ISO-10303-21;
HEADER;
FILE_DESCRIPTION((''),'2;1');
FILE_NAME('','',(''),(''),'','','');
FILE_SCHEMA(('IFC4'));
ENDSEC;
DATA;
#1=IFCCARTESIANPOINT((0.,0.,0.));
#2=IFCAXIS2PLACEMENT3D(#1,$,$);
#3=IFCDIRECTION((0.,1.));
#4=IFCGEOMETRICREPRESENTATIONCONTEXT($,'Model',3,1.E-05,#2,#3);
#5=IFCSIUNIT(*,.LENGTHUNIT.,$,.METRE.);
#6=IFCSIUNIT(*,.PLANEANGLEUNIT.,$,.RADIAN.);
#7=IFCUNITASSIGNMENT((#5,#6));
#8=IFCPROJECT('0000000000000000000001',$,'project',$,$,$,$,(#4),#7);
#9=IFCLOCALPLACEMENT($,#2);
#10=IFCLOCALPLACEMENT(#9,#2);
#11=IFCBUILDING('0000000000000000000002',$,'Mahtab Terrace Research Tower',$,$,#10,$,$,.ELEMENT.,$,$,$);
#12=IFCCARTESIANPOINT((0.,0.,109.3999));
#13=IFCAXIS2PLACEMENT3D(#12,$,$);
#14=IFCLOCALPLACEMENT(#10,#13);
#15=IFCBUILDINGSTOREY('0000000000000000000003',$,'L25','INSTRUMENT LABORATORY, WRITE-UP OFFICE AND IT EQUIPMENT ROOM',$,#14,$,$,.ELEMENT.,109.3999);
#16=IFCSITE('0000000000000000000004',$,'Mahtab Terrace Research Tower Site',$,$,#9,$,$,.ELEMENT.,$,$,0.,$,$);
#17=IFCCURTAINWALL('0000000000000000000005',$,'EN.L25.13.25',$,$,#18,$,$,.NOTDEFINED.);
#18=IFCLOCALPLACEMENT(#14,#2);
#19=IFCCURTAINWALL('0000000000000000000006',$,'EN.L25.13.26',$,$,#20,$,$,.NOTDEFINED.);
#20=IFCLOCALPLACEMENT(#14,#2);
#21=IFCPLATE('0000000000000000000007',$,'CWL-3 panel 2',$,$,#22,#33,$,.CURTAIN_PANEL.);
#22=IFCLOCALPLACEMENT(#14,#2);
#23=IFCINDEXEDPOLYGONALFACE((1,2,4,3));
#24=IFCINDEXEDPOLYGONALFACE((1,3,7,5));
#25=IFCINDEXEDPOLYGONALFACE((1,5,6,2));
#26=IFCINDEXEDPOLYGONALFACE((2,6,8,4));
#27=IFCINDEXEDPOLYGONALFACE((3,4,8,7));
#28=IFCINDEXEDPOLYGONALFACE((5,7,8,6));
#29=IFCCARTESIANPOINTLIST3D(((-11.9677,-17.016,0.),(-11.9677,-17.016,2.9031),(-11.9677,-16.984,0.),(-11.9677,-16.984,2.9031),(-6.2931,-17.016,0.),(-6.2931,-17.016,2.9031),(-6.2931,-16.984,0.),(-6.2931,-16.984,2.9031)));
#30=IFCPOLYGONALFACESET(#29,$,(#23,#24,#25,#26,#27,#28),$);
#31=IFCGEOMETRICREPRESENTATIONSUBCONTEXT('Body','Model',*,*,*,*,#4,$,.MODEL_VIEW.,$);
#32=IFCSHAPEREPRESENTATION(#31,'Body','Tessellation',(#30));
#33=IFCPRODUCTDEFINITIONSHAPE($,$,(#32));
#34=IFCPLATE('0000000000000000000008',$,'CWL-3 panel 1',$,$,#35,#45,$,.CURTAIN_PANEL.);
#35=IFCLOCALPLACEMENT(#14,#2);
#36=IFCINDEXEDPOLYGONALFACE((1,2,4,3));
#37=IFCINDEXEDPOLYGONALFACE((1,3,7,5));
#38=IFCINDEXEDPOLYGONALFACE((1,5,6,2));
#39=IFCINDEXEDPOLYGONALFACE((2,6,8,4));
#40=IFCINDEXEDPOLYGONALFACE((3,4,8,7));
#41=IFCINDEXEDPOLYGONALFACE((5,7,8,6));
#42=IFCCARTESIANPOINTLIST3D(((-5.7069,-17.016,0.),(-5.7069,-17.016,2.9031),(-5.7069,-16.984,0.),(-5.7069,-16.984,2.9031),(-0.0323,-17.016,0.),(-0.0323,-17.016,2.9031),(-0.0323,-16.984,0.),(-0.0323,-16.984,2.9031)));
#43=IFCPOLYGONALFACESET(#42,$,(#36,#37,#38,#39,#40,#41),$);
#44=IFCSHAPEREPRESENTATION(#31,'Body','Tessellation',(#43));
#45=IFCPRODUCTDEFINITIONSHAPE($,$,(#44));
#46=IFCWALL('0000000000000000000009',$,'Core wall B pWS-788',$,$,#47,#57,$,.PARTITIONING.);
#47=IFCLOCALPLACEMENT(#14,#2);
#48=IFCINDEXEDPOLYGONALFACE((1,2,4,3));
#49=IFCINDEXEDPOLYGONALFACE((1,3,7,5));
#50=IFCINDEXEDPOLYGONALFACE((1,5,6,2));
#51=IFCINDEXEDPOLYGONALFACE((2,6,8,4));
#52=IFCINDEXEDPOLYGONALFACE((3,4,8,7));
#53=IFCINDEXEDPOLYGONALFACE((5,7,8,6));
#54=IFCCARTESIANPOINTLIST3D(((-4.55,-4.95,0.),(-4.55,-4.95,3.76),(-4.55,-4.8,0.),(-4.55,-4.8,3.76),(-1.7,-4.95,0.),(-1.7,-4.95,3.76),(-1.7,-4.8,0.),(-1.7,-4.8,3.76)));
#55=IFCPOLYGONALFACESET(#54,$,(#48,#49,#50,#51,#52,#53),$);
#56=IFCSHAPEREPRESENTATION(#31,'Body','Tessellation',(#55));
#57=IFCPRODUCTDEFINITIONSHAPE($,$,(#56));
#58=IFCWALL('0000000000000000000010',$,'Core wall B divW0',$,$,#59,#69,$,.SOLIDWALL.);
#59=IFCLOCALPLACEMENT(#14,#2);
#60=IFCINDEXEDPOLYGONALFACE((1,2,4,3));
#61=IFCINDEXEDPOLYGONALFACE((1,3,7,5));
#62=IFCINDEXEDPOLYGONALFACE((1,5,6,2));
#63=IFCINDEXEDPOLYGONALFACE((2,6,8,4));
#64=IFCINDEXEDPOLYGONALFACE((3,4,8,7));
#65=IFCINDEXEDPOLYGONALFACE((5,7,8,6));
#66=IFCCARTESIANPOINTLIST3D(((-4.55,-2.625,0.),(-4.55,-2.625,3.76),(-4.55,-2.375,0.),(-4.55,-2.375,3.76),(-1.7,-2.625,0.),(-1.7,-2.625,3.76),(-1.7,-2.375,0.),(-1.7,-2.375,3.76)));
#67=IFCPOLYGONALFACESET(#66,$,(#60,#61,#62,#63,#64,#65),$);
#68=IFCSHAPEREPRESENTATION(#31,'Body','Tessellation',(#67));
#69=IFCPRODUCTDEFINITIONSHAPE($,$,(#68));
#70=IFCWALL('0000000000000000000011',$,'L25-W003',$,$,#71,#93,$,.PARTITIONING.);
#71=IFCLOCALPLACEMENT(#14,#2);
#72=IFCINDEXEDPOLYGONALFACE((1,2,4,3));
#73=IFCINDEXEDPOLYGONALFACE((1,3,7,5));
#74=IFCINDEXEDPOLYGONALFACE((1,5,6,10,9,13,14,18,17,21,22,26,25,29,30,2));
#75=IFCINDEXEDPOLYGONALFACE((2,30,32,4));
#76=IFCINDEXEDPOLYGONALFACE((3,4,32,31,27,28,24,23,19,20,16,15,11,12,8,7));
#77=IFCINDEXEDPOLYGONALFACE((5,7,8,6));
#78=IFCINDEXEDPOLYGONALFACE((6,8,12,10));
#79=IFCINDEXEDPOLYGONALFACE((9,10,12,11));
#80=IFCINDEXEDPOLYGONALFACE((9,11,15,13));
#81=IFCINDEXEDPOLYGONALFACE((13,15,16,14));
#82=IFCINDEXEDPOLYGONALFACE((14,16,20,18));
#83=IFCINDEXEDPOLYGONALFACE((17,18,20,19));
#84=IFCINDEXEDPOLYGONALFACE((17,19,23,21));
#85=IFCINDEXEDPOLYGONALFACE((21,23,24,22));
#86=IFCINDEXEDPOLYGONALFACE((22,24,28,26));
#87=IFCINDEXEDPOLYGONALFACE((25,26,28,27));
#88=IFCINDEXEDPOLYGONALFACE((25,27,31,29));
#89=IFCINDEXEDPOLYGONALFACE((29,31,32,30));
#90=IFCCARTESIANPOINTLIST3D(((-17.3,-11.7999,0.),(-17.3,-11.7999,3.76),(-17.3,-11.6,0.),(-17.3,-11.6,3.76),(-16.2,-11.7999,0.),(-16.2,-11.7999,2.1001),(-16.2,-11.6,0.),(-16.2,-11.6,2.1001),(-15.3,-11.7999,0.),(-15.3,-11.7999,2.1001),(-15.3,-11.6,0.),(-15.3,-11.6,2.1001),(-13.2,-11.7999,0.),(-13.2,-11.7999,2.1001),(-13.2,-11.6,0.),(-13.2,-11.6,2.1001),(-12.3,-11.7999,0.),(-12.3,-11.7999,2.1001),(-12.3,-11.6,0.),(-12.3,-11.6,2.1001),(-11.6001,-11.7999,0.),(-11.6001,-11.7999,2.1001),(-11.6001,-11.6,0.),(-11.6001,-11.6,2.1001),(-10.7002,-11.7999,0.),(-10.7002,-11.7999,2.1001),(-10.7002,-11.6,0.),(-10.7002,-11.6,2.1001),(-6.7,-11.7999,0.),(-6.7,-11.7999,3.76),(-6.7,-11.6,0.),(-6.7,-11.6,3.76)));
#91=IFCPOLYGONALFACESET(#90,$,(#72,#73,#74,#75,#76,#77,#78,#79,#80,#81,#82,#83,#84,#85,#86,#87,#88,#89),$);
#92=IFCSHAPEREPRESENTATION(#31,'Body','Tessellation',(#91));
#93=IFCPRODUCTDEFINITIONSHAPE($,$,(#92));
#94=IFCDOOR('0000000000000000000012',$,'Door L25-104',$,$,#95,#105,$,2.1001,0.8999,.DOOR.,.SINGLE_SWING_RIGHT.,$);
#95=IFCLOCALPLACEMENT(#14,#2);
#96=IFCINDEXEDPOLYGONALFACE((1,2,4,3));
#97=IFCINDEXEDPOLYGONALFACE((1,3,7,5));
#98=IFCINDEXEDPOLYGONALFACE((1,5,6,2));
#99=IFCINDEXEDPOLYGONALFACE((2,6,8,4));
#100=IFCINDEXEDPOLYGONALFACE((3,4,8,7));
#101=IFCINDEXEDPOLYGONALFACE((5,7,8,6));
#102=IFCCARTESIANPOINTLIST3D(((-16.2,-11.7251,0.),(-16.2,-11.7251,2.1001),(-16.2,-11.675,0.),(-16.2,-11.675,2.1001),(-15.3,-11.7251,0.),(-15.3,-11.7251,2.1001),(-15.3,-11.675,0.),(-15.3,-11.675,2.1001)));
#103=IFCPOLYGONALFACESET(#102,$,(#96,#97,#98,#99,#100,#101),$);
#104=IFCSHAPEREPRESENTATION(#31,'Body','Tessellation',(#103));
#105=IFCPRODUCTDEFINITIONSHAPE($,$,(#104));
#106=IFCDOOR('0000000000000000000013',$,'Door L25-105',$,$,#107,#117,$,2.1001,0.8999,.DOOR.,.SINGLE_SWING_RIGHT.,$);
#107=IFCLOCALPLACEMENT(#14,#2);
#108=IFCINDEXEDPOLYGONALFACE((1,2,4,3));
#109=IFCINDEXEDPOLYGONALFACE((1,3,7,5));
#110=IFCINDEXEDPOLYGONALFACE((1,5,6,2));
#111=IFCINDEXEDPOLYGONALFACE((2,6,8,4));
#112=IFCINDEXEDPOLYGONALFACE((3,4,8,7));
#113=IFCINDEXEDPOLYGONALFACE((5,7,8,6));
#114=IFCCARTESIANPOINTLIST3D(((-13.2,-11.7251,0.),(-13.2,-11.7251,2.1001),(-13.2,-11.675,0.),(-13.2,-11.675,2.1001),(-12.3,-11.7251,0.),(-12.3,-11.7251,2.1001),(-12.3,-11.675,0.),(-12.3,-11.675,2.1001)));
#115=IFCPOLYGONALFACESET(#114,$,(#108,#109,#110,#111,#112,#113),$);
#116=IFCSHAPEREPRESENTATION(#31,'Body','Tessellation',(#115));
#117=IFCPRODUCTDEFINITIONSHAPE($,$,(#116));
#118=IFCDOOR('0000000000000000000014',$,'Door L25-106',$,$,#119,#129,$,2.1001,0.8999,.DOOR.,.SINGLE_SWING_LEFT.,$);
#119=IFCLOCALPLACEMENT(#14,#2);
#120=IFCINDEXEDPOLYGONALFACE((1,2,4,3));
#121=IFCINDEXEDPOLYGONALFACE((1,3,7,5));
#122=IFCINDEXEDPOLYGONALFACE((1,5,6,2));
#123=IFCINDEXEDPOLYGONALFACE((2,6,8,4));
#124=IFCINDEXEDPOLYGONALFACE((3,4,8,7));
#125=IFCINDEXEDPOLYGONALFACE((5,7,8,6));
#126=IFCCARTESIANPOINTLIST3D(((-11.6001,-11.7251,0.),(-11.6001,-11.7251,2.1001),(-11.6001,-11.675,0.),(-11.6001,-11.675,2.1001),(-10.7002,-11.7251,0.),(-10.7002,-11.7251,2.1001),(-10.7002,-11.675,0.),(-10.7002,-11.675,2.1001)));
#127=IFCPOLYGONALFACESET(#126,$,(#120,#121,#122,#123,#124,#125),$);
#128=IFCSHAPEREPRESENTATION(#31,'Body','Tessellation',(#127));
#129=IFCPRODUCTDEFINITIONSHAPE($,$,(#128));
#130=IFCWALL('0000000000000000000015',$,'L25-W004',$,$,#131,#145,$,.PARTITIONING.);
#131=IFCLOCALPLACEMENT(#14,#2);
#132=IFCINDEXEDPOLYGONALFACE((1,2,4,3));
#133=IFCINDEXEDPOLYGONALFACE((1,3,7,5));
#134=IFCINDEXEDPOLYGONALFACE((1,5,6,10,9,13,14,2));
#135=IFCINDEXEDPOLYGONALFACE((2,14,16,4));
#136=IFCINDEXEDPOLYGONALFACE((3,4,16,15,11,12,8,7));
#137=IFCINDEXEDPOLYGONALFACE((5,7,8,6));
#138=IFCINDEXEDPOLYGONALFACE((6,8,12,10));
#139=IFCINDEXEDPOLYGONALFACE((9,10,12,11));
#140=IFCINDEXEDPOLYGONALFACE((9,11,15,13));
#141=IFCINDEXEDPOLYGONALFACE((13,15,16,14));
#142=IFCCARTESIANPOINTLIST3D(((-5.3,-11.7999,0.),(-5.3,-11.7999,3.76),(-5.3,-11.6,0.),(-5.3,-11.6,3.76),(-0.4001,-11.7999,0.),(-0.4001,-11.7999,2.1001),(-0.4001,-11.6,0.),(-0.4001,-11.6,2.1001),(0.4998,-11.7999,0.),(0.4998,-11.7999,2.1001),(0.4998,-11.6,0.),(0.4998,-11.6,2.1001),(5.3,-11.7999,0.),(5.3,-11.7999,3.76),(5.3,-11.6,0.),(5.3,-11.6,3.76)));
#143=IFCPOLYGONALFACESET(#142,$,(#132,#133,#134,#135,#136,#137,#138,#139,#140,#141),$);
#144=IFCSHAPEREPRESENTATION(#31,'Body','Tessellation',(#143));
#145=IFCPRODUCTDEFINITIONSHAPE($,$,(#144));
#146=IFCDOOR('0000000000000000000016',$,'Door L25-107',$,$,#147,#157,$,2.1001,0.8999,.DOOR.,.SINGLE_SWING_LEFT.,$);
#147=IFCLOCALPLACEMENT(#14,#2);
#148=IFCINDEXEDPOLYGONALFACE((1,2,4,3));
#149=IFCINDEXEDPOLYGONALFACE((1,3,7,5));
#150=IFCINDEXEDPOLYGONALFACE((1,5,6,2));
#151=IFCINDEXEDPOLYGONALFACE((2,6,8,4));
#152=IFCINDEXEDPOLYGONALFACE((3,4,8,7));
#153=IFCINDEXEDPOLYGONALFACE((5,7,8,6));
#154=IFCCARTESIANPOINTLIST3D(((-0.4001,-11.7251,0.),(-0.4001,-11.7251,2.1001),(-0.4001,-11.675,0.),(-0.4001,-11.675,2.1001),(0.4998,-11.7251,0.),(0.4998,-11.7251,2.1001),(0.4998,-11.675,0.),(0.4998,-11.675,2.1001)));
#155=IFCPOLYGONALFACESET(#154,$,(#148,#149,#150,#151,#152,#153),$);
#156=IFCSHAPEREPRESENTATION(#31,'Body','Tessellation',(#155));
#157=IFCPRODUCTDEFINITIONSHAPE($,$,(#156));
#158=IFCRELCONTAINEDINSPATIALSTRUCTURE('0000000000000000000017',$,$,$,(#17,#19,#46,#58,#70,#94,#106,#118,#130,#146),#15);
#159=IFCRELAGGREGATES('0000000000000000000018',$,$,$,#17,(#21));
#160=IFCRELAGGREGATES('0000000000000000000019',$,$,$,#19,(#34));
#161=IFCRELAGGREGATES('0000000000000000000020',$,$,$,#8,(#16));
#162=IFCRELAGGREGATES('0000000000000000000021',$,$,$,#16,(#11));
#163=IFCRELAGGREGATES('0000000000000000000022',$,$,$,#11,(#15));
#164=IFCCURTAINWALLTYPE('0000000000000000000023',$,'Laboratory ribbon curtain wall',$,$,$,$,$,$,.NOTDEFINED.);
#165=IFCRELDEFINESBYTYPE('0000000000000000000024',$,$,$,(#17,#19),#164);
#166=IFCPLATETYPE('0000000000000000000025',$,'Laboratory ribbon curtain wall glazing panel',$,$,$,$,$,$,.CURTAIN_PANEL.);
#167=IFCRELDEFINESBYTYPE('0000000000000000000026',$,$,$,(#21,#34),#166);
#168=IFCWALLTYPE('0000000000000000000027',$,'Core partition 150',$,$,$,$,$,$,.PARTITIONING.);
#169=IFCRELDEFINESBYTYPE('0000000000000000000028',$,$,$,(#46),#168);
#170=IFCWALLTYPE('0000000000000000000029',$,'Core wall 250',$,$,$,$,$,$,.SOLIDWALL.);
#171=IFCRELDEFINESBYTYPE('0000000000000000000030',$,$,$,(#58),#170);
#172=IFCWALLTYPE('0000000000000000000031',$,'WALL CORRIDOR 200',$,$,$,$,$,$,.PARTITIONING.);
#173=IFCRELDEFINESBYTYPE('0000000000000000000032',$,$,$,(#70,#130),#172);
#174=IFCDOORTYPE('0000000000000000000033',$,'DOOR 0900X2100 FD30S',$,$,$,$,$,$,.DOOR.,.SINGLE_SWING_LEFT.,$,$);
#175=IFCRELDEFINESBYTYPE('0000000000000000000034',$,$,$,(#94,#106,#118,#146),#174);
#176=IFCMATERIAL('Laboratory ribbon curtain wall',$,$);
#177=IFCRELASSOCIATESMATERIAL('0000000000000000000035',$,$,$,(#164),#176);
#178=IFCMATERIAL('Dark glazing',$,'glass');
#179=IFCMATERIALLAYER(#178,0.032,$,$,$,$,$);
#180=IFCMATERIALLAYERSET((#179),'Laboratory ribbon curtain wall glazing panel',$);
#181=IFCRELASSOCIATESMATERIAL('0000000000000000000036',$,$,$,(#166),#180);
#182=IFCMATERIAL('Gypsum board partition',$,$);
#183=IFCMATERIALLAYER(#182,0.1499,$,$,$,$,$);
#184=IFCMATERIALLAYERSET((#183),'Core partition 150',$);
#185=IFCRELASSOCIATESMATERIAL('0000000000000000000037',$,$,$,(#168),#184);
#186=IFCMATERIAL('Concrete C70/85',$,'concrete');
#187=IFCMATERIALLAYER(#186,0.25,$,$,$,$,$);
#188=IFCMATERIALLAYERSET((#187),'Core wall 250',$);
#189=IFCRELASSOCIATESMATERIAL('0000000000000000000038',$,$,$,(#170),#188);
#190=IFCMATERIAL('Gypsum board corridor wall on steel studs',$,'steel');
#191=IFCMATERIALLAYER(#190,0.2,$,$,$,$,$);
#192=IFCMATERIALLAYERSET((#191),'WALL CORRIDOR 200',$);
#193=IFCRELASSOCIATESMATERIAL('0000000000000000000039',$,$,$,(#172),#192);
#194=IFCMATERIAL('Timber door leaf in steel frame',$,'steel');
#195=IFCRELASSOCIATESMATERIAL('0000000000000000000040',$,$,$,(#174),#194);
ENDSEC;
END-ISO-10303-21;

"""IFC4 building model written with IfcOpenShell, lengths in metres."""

from ifc_helpers import new_model, si_unit, direction, frame, frame_2d, origin, origin_2d, place, context, subcontext, project, spatial, rectangle, extrude, material, layer, layer_set, type_object, element, fill, aggregate, save


model = new_model("IFC4")

# Units and contexts
model_context = context("Model", 3, precision=1e-05, world=origin(), true_north=direction((0.0, 1.0)))
body_context = subcontext(model_context, "Body", "Model", "MODEL_VIEW")
ifc_project = project(units=[si_unit("LENGTHUNIT", "METRE"), si_unit("PLANEANGLEUNIT", "RADIAN")], contexts=[model_context])

# Site, building, storey
site_placement = place(None, origin())
site = spatial("IfcSite", under=ifc_project, at=site_placement, Name="Mahtab Terrace Research Tower Site", CompositionType="ELEMENT", RefElevation=0.0)
building_placement = place(site_placement, origin())
building = spatial("IfcBuilding", under=site, at=building_placement, Name="Mahtab Terrace Research Tower", CompositionType="ELEMENT")
storey_placement = place(building_placement, frame((0.0, 0.0, 109.3999)))
storey = spatial("IfcBuildingStorey", under=building, at=storey_placement, Name="L25", Description="INSTRUMENT LABORATORY, WRITE-UP OFFICE AND IT EQUIPMENT ROOM", CompositionType="ELEMENT", Elevation=109.3999)

# Shared definitions
ifc_material_1 = material(Name="Concrete C70/85", Category="concrete")

# Curtain wall
ifc_material_2 = material(Name="Laboratory ribbon curtain wall")
curtain_wall_type = type_object("IfcCurtainWallType", Name="Laboratory ribbon curtain wall", PredefinedType="NOTDEFINED", material=ifc_material_2)
curtain_wall_1_placement = place(storey_placement, origin())
curtain_wall_1 = element("IfcCurtainWall", 1, at=curtain_wall_1_placement, inside=storey, type_object=curtain_wall_type, Name="EN.L25.13.25", PredefinedType="NOTDEFINED")

# Curtain wall
curtain_wall_2_placement = place(storey_placement, origin())
curtain_wall_2 = element("IfcCurtainWall", 2, at=curtain_wall_2_placement, inside=storey, type_object=curtain_wall_type, Name="EN.L25.13.26", PredefinedType="NOTDEFINED")

# Plates
ifc_material_3 = material(Name="Dark glazing", Category="glass")
ifc_layer_1 = layer(ifc_material_3, 0.032)
ifc_layer_set_1 = layer_set([ifc_layer_1], Name="Laboratory ribbon curtain wall glazing panel")
plate_type = type_object("IfcPlateType", Name="Laboratory ribbon curtain wall glazing panel", PredefinedType="CURTAIN_PANEL", material=ifc_layer_set_1)
plate_1_placement = place(storey_placement, frame((-9.1304, -17.0, 0.0), z_axis=(0.0, 0.0, 1.0), x_axis=(1.0, 0.0, 0.0)))
plate_1 = element("IfcPlate", 3, at=plate_1_placement, type_object=plate_type, Name="CWL-3 panel 2", PredefinedType="CURTAIN_PANEL", context=body_context, shape_type="SweptSolid", body=[
    extrude(rectangle(XDim=5.6746, YDim=0.032, at=origin_2d()), origin(), (0.0, 0.0, 1.0), 2.9031),
])
aggregate(curtain_wall_1, [plate_1])
plate_2_placement = place(storey_placement, frame((-2.8696, -17.0, 0.0), z_axis=(0.0, 0.0, 1.0), x_axis=(1.0, 0.0, 0.0)))
plate_2 = element("IfcPlate", 4, at=plate_2_placement, type_object=plate_type, Name="CWL-3 panel 1", PredefinedType="CURTAIN_PANEL", context=body_context, shape_type="SweptSolid", body=[
    extrude(rectangle(XDim=5.6746, YDim=0.032, at=origin_2d()), origin(), (0.0, 0.0, 1.0), 2.9031),
])
aggregate(curtain_wall_2, [plate_2])

# Walls
ifc_material_4 = material(Name="Gypsum board partition")
ifc_layer_2 = layer(ifc_material_4, 0.1499)
ifc_layer_set_2 = layer_set([ifc_layer_2], Name="Core partition 150")
wall_type_1 = type_object("IfcWallType", Name="Core partition 150", PredefinedType="PARTITIONING", material=ifc_layer_set_2)
wall_1_placement = place(storey_placement, frame((-4.55, -4.875, 0.0), z_axis=(0.0, 0.0, 1.0), x_axis=(1.0, 0.0, 0.0)))
element("IfcWall", 5, at=wall_1_placement, inside=storey, type_object=wall_type_1, Name="Core wall B pWS-788", PredefinedType="PARTITIONING", context=body_context, shape_type="SweptSolid", body=[
    extrude(rectangle(XDim=2.8501, YDim=0.1499, at=frame_2d((1.425, 0.0))), origin(), (0.0, 0.0, 1.0), 3.76),
])
ifc_layer_3 = layer(ifc_material_1, 0.25)
ifc_layer_set_3 = layer_set([ifc_layer_3], Name="Core wall 250")
wall_type_2 = type_object("IfcWallType", Name="Core wall 250", PredefinedType="SOLIDWALL", material=ifc_layer_set_3)
wall_2_placement = place(storey_placement, frame((-4.55, -2.5, 0.0), z_axis=(0.0, 0.0, 1.0), x_axis=(1.0, 0.0, 0.0)))
element("IfcWall", 6, at=wall_2_placement, inside=storey, type_object=wall_type_2, Name="Core wall B divW0", PredefinedType="SOLIDWALL", context=body_context, shape_type="SweptSolid", body=[
    extrude(rectangle(XDim=2.8501, YDim=0.25, at=frame_2d((1.425, 0.0))), origin(), (0.0, 0.0, 1.0), 3.76),
])

# Wall, openings, doors
ifc_material_5 = material(Name="Gypsum board corridor wall on steel studs", Category="steel")
ifc_layer_4 = layer(ifc_material_5, 0.2)
ifc_layer_set_4 = layer_set([ifc_layer_4], Name="WALL CORRIDOR 200")
wall_type_3 = type_object("IfcWallType", Name="WALL CORRIDOR 200", PredefinedType="PARTITIONING", material=ifc_layer_set_4)
wall_3_placement = place(storey_placement, frame((-17.3, -11.7, 0.0), z_axis=(0.0, 0.0, 1.0), x_axis=(1.0, 0.0, 0.0)))
wall_3 = element("IfcWall", 7, at=wall_3_placement, inside=storey, type_object=wall_type_3, Name="L25-W003", PredefinedType="PARTITIONING", context=body_context, shape_type="SweptSolid", body=[
    extrude(rectangle(XDim=10.6001, YDim=0.2, at=frame_2d((5.3, 0.0))), origin(), (0.0, 0.0, 1.0), 3.76),
])
opening_1_placement = place(wall_3_placement, frame((1.1001, 0.0, 0.0)))
opening_1 = element("IfcOpeningElement", 8, at=opening_1_placement, cuts=wall_3, PredefinedType="OPENING", context=body_context, shape_type="SweptSolid", body=[
    extrude(rectangle(XDim=0.8999, YDim=2.1001, at=frame_2d((0.45, 1.05))), frame((0.0, 0.1099, 0.0), z_axis=(0.0, -1.0, 0.0), x_axis=(1.0, 0.0, 0.0)), (0.0, 0.0, 1.0), 0.22),
])
opening_2_placement = place(wall_3_placement, frame((4.1001, 0.0, 0.0)))
opening_2 = element("IfcOpeningElement", 9, at=opening_2_placement, cuts=wall_3, PredefinedType="OPENING", context=body_context, shape_type="SweptSolid", body=[
    extrude(rectangle(XDim=0.8999, YDim=2.1001, at=frame_2d((0.45, 1.05))), frame((0.0, 0.1099, 0.0), z_axis=(0.0, -1.0, 0.0), x_axis=(1.0, 0.0, 0.0)), (0.0, 0.0, 1.0), 0.22),
])
opening_3_placement = place(wall_3_placement, frame((5.7, 0.0, 0.0)))
opening_3 = element("IfcOpeningElement", 10, at=opening_3_placement, cuts=wall_3, PredefinedType="OPENING", context=body_context, shape_type="SweptSolid", body=[
    extrude(rectangle(XDim=0.8999, YDim=2.1001, at=frame_2d((0.45, 1.05))), frame((0.0, 0.1099, 0.0), z_axis=(0.0, -1.0, 0.0), x_axis=(1.0, 0.0, 0.0)), (0.0, 0.0, 1.0), 0.22),
])
ifc_material_6 = material(Name="Timber door leaf in steel frame", Category="steel")
door_type_1 = type_object("IfcDoorType", Name="DOOR 0900X2100 FD30S", OperationType="SINGLE_SWING_LEFT", PredefinedType="DOOR", material=ifc_material_6)
door_1_placement = place(opening_1_placement, origin())
door_1 = element("IfcDoor", 11, at=door_1_placement, inside=storey, type_object=door_type_1, Name="Door L25-104", OperationType="SINGLE_SWING_RIGHT", OverallHeight=2.1001, OverallWidth=0.8999, PredefinedType="DOOR", context=body_context, shape_type="SweptSolid", body=[
    extrude(rectangle(XDim=0.8999, YDim=2.1001, at=frame_2d((0.45, 1.05))), frame((0.0, 0.0249, 0.0), z_axis=(0.0, -1.0, 0.0), x_axis=(1.0, 0.0, 0.0)), (0.0, 0.0, 1.0), 0.05),
])
fill(opening_1, door_1)
door_2_placement = place(opening_2_placement, origin())
door_2 = element("IfcDoor", 12, at=door_2_placement, inside=storey, type_object=door_type_1, Name="Door L25-105", OperationType="SINGLE_SWING_RIGHT", OverallHeight=2.1001, OverallWidth=0.8999, PredefinedType="DOOR", context=body_context, shape_type="SweptSolid", body=[
    extrude(rectangle(XDim=0.8999, YDim=2.1001, at=frame_2d((0.45, 1.05))), frame((0.0, 0.0249, 0.0), z_axis=(0.0, -1.0, 0.0), x_axis=(1.0, 0.0, 0.0)), (0.0, 0.0, 1.0), 0.05),
])
fill(opening_2, door_2)
door_3_placement = place(opening_3_placement, origin())
door_3 = element("IfcDoor", 13, at=door_3_placement, inside=storey, type_object=door_type_1, Name="Door L25-106", OperationType="SINGLE_SWING_LEFT", OverallHeight=2.1001, OverallWidth=0.8999, PredefinedType="DOOR", context=body_context, shape_type="SweptSolid", body=[
    extrude(rectangle(XDim=0.8999, YDim=2.1001, at=frame_2d((0.45, 1.05))), frame((0.0, 0.0249, 0.0), z_axis=(0.0, -1.0, 0.0), x_axis=(1.0, 0.0, 0.0)), (0.0, 0.0, 1.0), 0.05),
])
fill(opening_3, door_3)

# Wall, opening, door
wall_4_placement = place(storey_placement, frame((-5.3, -11.7, 0.0), z_axis=(0.0, 0.0, 1.0), x_axis=(1.0, 0.0, 0.0)))
wall_4 = element("IfcWall", 14, at=wall_4_placement, inside=storey, type_object=wall_type_3, Name="L25-W004", PredefinedType="PARTITIONING", context=body_context, shape_type="SweptSolid", body=[
    extrude(rectangle(XDim=10.6001, YDim=0.2, at=frame_2d((5.3, 0.0))), origin(), (0.0, 0.0, 1.0), 3.76),
])
opening_4_placement = place(wall_4_placement, frame((4.8999, 0.0, 0.0)))
opening_4 = element("IfcOpeningElement", 15, at=opening_4_placement, cuts=wall_4, PredefinedType="OPENING", context=body_context, shape_type="SweptSolid", body=[
    extrude(rectangle(XDim=0.8999, YDim=2.1001, at=frame_2d((0.45, 1.05))), frame((0.0, 0.1099, 0.0), z_axis=(0.0, -1.0, 0.0), x_axis=(1.0, 0.0, 0.0)), (0.0, 0.0, 1.0), 0.22),
])
door_4_placement = place(opening_4_placement, origin())
door_4 = element("IfcDoor", 16, at=door_4_placement, inside=storey, type_object=door_type_1, Name="Door L25-107", OperationType="SINGLE_SWING_LEFT", OverallHeight=2.1001, OverallWidth=0.8999, PredefinedType="DOOR", context=body_context, shape_type="SweptSolid", body=[
    extrude(rectangle(XDim=0.8999, YDim=2.1001, at=frame_2d((0.45, 1.05))), frame((0.0, 0.0249, 0.0), z_axis=(0.0, -1.0, 0.0), x_axis=(1.0, 0.0, 0.0)), (0.0, 0.0, 1.0), 0.05),
])
fill(opening_4, door_4)

save(model, "model.ifc")
